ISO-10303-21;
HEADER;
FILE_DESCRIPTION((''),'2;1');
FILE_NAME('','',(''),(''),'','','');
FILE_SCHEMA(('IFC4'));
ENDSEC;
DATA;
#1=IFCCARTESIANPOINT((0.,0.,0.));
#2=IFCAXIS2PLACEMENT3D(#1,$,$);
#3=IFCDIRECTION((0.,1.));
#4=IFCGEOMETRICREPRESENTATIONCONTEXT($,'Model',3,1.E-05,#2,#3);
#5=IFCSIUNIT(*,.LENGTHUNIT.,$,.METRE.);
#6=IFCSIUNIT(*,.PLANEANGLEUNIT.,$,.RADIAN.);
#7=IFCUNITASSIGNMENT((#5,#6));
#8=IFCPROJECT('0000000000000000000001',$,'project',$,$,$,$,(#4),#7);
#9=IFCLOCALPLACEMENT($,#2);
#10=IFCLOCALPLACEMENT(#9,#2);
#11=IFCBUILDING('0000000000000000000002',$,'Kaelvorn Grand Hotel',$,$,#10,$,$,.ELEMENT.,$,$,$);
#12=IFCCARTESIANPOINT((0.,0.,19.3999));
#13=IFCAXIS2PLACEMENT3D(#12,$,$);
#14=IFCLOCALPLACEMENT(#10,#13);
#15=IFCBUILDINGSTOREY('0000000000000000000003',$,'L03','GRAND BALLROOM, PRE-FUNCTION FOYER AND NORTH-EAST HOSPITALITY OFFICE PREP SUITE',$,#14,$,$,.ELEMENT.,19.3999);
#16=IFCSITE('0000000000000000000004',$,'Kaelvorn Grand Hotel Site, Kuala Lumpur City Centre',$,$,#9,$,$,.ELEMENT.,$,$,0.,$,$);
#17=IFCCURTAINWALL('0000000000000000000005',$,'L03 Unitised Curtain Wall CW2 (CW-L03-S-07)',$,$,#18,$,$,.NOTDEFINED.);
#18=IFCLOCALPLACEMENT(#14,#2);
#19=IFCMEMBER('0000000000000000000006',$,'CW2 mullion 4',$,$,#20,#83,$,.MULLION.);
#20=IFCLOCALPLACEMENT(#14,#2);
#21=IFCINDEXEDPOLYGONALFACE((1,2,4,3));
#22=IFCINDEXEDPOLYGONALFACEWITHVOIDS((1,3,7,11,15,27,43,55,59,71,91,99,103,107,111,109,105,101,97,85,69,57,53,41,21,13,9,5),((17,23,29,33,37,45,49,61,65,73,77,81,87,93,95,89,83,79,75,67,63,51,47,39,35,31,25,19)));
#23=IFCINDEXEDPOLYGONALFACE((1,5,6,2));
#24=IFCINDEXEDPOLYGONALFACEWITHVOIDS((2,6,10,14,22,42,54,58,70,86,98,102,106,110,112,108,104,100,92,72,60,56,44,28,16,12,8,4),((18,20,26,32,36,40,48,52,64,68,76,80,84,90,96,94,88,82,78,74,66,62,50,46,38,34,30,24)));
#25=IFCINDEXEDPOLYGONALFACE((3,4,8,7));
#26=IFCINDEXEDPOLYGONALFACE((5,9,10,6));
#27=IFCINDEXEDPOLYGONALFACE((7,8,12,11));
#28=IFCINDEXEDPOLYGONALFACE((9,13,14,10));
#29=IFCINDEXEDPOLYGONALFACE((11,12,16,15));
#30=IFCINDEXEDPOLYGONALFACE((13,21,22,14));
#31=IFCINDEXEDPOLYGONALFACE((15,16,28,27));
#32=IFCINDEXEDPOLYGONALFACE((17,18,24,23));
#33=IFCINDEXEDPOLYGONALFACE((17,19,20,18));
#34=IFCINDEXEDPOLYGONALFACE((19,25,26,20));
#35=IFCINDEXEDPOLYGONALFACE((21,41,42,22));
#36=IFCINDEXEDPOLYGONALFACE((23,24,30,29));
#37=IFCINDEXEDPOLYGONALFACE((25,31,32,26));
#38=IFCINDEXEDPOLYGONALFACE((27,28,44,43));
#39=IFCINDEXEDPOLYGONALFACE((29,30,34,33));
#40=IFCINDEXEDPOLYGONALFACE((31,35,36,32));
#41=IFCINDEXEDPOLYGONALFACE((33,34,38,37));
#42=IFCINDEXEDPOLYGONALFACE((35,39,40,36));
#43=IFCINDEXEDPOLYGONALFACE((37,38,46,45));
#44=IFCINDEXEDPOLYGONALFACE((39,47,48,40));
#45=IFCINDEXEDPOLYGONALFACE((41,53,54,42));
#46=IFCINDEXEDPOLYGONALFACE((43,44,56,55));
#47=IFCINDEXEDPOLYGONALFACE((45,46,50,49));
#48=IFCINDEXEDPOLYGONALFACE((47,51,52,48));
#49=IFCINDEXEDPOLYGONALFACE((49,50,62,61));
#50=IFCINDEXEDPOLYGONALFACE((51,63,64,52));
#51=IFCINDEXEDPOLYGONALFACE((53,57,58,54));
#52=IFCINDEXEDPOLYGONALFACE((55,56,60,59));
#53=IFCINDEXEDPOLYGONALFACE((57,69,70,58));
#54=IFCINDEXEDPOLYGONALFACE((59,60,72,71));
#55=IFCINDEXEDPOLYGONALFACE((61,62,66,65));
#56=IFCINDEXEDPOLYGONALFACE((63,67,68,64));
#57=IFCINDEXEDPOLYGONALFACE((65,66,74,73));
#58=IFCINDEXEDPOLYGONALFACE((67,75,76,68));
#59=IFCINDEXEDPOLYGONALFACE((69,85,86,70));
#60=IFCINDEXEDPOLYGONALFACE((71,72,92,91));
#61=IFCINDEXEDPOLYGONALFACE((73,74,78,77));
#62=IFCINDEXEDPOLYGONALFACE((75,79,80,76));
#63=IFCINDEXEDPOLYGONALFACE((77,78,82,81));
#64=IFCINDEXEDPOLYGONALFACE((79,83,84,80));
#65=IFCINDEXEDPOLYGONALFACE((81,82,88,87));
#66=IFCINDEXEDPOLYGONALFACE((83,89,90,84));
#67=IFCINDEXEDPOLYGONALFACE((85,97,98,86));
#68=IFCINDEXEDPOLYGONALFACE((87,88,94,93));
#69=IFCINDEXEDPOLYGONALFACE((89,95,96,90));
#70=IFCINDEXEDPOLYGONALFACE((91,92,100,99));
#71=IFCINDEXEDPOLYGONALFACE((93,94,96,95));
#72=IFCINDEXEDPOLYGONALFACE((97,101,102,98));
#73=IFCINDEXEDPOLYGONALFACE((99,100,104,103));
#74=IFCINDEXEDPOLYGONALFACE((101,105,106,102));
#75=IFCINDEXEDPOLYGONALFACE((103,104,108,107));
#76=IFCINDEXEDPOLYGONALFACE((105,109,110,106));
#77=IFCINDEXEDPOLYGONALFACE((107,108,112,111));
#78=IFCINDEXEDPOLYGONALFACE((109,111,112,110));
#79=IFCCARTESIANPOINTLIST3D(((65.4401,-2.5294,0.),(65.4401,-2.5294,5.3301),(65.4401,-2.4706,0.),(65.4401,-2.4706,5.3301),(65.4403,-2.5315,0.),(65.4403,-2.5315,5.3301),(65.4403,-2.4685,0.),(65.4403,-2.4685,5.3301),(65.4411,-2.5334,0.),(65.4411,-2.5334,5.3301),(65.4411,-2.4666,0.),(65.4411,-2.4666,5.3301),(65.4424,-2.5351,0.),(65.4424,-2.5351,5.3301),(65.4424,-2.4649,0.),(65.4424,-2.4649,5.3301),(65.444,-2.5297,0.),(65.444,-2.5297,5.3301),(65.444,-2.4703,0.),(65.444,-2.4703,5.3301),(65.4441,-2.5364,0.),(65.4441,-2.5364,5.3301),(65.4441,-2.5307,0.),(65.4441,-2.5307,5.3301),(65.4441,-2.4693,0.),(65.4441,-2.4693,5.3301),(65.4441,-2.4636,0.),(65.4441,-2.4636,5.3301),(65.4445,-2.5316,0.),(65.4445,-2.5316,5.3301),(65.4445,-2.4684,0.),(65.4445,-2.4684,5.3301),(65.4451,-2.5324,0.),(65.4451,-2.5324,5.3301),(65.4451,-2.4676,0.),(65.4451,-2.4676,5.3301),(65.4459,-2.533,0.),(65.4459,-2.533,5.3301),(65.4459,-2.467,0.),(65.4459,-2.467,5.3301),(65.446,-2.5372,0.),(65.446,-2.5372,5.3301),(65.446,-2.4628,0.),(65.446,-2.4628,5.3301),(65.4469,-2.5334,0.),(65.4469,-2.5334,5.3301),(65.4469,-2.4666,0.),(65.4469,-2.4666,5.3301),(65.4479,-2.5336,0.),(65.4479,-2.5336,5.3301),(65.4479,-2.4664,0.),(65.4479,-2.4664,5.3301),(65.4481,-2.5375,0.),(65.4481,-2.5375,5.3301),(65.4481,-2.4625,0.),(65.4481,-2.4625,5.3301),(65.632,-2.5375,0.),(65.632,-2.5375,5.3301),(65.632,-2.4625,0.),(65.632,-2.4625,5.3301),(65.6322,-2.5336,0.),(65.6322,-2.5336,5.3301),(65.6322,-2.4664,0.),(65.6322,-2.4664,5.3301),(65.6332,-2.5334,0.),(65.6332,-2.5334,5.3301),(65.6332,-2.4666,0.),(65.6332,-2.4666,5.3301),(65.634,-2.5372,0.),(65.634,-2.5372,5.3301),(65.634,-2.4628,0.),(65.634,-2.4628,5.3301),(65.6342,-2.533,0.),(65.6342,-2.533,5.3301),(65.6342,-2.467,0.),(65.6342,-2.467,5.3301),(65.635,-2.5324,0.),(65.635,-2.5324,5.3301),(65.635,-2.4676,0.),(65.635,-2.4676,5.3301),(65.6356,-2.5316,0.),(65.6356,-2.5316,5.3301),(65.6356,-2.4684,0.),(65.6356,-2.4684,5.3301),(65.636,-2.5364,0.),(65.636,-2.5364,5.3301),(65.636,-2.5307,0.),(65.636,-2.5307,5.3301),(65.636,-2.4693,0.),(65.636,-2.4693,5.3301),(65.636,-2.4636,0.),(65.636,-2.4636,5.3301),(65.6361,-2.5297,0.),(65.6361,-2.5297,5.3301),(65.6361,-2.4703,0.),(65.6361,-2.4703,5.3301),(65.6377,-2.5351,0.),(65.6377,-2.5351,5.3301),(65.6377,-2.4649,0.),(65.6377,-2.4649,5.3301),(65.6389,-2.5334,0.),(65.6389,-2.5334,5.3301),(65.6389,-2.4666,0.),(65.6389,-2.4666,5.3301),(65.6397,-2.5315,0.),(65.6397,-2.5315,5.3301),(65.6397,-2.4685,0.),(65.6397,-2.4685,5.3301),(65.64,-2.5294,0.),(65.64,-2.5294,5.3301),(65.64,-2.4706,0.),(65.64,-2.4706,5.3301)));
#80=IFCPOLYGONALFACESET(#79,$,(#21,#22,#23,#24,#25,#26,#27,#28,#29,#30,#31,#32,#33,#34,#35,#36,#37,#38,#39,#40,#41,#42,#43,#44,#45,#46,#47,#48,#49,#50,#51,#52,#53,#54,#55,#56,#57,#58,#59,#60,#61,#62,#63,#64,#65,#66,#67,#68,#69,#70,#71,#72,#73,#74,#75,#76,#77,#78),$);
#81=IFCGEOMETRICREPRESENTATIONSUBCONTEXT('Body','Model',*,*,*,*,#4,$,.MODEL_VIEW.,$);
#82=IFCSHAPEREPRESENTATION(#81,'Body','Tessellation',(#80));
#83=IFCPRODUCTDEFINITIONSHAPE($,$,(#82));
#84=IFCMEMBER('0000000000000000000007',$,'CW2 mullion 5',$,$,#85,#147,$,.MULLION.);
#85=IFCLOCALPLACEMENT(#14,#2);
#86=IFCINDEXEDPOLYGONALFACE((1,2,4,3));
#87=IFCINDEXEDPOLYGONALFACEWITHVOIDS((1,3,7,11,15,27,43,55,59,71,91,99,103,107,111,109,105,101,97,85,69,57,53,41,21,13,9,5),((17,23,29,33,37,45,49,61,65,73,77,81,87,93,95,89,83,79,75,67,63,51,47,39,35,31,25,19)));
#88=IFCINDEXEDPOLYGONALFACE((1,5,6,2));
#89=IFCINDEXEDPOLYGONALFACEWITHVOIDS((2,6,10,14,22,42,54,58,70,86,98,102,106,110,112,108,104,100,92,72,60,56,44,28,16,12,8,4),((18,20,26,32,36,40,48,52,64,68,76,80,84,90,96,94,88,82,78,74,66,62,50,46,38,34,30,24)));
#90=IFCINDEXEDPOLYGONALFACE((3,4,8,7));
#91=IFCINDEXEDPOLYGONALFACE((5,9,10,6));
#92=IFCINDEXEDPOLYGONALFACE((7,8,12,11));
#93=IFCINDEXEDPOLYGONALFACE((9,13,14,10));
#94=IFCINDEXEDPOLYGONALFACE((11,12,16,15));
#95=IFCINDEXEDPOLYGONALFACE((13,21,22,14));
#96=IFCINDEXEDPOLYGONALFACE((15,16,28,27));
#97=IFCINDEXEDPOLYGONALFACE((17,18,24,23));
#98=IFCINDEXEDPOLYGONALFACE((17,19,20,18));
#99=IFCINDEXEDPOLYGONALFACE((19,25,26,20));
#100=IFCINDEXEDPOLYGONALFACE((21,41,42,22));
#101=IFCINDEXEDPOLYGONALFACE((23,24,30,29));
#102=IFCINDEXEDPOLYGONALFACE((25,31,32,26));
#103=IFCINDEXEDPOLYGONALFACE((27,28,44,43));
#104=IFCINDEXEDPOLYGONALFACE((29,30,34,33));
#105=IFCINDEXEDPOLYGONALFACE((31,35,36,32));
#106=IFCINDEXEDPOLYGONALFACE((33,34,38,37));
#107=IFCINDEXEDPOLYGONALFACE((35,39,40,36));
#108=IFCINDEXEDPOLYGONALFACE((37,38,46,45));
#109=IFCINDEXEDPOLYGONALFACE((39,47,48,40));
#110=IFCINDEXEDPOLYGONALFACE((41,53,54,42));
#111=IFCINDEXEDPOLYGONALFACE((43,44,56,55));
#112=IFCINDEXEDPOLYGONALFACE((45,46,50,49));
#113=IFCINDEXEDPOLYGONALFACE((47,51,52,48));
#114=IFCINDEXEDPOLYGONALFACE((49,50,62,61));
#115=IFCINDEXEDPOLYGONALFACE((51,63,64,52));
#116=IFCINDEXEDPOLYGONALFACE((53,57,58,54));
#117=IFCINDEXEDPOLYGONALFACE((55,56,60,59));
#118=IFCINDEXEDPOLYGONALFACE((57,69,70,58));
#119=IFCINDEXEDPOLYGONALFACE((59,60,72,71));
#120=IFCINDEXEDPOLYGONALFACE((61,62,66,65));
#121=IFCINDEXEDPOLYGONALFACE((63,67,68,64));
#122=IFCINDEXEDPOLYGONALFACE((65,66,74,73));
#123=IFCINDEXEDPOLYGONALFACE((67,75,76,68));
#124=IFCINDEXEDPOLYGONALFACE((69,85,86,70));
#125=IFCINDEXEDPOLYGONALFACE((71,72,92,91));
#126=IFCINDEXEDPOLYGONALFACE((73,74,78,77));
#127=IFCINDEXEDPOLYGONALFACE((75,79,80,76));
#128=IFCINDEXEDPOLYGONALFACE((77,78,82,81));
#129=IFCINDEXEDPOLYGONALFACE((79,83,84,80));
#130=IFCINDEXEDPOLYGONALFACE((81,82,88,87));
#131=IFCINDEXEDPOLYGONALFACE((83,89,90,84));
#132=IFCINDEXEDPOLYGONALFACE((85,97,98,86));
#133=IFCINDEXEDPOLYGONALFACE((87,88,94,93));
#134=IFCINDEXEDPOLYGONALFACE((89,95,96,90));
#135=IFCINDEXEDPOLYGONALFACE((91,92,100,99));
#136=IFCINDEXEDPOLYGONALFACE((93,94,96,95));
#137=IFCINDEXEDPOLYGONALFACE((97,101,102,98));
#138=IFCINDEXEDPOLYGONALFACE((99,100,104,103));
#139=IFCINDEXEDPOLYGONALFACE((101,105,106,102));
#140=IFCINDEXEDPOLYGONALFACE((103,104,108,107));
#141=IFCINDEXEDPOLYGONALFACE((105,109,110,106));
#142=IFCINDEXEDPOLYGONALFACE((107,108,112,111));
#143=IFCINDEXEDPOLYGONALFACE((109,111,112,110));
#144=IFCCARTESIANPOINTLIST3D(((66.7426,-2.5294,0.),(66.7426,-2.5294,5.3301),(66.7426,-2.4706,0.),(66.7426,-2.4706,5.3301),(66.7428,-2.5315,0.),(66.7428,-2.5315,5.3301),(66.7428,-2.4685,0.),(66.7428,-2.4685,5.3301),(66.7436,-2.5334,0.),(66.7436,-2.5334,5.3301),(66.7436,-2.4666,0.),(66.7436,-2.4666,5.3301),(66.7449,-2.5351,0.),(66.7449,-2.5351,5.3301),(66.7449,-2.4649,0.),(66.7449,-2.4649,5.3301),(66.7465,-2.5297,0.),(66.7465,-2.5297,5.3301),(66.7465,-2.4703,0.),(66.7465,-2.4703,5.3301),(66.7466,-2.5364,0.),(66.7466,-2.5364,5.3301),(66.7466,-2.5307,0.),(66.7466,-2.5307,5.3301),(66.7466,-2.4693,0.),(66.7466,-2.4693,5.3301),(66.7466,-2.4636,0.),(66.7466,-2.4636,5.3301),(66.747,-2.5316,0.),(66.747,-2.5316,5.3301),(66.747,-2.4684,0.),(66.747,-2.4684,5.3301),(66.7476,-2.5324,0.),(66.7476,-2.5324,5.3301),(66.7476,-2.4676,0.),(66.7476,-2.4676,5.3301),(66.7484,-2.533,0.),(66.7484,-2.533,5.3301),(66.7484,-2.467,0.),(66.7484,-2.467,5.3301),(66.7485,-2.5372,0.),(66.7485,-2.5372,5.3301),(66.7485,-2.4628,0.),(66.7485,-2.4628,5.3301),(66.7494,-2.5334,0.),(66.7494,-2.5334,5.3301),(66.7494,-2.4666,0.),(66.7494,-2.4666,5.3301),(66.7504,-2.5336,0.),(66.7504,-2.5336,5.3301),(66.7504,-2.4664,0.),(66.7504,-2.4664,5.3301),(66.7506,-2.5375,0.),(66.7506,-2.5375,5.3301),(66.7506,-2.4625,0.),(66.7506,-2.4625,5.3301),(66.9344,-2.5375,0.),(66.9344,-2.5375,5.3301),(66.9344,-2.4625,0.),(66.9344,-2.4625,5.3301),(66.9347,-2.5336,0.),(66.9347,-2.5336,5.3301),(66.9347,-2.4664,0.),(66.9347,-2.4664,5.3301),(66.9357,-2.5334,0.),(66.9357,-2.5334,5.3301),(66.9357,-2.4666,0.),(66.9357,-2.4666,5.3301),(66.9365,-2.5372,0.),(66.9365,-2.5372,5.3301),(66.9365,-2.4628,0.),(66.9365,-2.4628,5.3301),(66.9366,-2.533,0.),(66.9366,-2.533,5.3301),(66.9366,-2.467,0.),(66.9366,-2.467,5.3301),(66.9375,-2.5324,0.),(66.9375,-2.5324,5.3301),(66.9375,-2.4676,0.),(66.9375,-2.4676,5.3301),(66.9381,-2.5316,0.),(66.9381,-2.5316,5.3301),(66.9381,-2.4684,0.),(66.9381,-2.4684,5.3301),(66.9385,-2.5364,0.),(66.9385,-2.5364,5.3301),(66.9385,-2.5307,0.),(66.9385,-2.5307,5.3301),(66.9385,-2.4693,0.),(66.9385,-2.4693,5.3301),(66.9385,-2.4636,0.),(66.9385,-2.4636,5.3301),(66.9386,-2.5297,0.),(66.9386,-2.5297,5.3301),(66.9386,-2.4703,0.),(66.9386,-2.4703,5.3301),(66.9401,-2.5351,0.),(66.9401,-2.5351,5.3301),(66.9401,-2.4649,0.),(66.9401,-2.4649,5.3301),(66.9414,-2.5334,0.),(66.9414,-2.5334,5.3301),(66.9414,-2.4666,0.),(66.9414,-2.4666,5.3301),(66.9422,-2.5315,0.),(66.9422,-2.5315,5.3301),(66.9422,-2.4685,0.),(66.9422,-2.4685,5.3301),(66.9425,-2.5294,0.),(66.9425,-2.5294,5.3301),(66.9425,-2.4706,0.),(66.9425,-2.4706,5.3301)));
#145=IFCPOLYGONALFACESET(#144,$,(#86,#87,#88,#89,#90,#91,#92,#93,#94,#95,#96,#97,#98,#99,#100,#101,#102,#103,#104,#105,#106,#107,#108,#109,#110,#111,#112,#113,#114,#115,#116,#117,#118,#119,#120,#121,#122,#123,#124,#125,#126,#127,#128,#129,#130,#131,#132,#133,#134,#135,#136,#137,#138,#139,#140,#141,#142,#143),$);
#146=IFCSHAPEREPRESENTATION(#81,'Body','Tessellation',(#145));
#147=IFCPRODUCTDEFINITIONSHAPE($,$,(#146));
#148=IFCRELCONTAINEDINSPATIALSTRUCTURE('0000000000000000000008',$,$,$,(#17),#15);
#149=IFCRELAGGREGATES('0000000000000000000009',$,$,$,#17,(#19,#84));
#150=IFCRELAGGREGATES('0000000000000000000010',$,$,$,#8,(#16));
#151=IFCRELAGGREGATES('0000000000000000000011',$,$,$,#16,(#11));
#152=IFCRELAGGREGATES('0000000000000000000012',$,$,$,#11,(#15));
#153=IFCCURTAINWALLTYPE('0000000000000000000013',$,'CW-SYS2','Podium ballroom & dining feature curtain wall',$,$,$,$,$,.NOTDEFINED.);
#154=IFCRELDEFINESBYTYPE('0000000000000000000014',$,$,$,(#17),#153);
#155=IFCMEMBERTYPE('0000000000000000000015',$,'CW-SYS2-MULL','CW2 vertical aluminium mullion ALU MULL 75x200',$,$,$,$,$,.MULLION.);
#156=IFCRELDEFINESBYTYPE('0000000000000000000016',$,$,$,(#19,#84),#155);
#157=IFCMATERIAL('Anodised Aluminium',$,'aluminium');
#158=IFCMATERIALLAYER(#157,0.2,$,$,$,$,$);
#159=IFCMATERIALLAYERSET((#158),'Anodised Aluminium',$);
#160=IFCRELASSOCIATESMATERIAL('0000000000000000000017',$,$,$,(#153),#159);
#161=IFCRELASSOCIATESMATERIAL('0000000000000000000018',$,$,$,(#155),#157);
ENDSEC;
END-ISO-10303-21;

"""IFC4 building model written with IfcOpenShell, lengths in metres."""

from ifc_helpers import new_model, si_unit, direction, frame, origin, origin_2d, place, context, subcontext, project, spatial, hollow_rectangle, extrude, material, layer, layer_set, material_profile, profile_set, type_object, element, aggregate, save


model = new_model("IFC4")

# Units and contexts
model_context = context("Model", 3, precision=1e-05, world=origin(), true_north=direction((0.0, 1.0)))
body_context = subcontext(model_context, "Body", "Model", "MODEL_VIEW")
ifc_project = project(units=[si_unit("LENGTHUNIT", "METRE"), si_unit("PLANEANGLEUNIT", "RADIAN")], contexts=[model_context])

# Site, building, storey
site_placement = place(None, origin())
site = spatial("IfcSite", under=ifc_project, at=site_placement, Name="Kaelvorn Grand Hotel Site, Kuala Lumpur City Centre", CompositionType="ELEMENT", RefElevation=0.0)
building_placement = place(site_placement, origin())
building = spatial("IfcBuilding", under=site, at=building_placement, Name="Kaelvorn Grand Hotel", CompositionType="ELEMENT")
storey_placement = place(building_placement, frame((0.0, 0.0, 19.3999)))
storey = spatial("IfcBuildingStorey", under=building, at=storey_placement, Name="L03", Description="GRAND BALLROOM, PRE-FUNCTION FOYER AND NORTH-EAST HOSPITALITY OFFICE PREP SUITE", CompositionType="ELEMENT", Elevation=19.3999)

# Curtain wall, members
ifc_material_1 = material(Name="Anodised Aluminium", Category="aluminium")
ifc_layer_1 = layer(ifc_material_1, 0.2)
ifc_layer_set_1 = layer_set([ifc_layer_1], Name="Anodised Aluminium")
curtain_wall_type = type_object("IfcCurtainWallType", Name="CW-SYS2", Description="Podium ballroom & dining feature curtain wall", PredefinedType="NOTDEFINED", material=ifc_layer_set_1)
curtain_wall_placement = place(storey_placement, origin())
curtain_wall = element("IfcCurtainWall", 1, at=curtain_wall_placement, inside=storey, type_object=curtain_wall_type, Name="L03 Unitised Curtain Wall CW2 (CW-L03-S-07)", PredefinedType="NOTDEFINED")
ifc_material_profile_1 = material_profile(ifc_material_1, hollow_rectangle(XDim=0.075, YDim=0.2, WallThickness=0.0039, InnerFilletRadius=0.0039, OuterFilletRadius=0.0081, at=origin_2d()), Name="ALU MULL 75x200")
ifc_profile_set_1 = profile_set([ifc_material_profile_1], Name="Anodised Aluminium")
member_type_1 = type_object("IfcMemberType", Name="CW-SYS2-MULL", Description="CW2 vertical aluminium mullion ALU MULL 75x200", PredefinedType="MULLION", material=ifc_profile_set_1)
member_1_placement = place(storey_placement, frame((65.54, -2.5, 0.0), z_axis=(0.0, 0.0, 1.0), x_axis=(0.0, 1.0, 0.0)))
member_1 = element("IfcMember", 2, at=member_1_placement, type_object=member_type_1, Name="CW2 mullion 4", PredefinedType="MULLION", context=body_context, shape_type="SweptSolid", body=[
    extrude(hollow_rectangle(XDim=0.075, YDim=0.2, WallThickness=0.0039, InnerFilletRadius=0.0039, OuterFilletRadius=0.0081, at=origin_2d()), origin(), (0.0, 0.0, 1.0), 5.3301),
])
member_2_placement = place(storey_placement, frame((66.8425, -2.5, 0.0), z_axis=(0.0, 0.0, 1.0), x_axis=(0.0, 1.0, 0.0)))
member_2 = element("IfcMember", 3, at=member_2_placement, type_object=member_type_1, Name="CW2 mullion 5", PredefinedType="MULLION", context=body_context, shape_type="SweptSolid", body=[
    extrude(hollow_rectangle(XDim=0.075, YDim=0.2, WallThickness=0.0039, InnerFilletRadius=0.0039, OuterFilletRadius=0.0081, at=origin_2d()), origin(), (0.0, 0.0, 1.0), 5.3301),
])
aggregate(curtain_wall, [member_1, member_2])

save(model, "model.ifc")
